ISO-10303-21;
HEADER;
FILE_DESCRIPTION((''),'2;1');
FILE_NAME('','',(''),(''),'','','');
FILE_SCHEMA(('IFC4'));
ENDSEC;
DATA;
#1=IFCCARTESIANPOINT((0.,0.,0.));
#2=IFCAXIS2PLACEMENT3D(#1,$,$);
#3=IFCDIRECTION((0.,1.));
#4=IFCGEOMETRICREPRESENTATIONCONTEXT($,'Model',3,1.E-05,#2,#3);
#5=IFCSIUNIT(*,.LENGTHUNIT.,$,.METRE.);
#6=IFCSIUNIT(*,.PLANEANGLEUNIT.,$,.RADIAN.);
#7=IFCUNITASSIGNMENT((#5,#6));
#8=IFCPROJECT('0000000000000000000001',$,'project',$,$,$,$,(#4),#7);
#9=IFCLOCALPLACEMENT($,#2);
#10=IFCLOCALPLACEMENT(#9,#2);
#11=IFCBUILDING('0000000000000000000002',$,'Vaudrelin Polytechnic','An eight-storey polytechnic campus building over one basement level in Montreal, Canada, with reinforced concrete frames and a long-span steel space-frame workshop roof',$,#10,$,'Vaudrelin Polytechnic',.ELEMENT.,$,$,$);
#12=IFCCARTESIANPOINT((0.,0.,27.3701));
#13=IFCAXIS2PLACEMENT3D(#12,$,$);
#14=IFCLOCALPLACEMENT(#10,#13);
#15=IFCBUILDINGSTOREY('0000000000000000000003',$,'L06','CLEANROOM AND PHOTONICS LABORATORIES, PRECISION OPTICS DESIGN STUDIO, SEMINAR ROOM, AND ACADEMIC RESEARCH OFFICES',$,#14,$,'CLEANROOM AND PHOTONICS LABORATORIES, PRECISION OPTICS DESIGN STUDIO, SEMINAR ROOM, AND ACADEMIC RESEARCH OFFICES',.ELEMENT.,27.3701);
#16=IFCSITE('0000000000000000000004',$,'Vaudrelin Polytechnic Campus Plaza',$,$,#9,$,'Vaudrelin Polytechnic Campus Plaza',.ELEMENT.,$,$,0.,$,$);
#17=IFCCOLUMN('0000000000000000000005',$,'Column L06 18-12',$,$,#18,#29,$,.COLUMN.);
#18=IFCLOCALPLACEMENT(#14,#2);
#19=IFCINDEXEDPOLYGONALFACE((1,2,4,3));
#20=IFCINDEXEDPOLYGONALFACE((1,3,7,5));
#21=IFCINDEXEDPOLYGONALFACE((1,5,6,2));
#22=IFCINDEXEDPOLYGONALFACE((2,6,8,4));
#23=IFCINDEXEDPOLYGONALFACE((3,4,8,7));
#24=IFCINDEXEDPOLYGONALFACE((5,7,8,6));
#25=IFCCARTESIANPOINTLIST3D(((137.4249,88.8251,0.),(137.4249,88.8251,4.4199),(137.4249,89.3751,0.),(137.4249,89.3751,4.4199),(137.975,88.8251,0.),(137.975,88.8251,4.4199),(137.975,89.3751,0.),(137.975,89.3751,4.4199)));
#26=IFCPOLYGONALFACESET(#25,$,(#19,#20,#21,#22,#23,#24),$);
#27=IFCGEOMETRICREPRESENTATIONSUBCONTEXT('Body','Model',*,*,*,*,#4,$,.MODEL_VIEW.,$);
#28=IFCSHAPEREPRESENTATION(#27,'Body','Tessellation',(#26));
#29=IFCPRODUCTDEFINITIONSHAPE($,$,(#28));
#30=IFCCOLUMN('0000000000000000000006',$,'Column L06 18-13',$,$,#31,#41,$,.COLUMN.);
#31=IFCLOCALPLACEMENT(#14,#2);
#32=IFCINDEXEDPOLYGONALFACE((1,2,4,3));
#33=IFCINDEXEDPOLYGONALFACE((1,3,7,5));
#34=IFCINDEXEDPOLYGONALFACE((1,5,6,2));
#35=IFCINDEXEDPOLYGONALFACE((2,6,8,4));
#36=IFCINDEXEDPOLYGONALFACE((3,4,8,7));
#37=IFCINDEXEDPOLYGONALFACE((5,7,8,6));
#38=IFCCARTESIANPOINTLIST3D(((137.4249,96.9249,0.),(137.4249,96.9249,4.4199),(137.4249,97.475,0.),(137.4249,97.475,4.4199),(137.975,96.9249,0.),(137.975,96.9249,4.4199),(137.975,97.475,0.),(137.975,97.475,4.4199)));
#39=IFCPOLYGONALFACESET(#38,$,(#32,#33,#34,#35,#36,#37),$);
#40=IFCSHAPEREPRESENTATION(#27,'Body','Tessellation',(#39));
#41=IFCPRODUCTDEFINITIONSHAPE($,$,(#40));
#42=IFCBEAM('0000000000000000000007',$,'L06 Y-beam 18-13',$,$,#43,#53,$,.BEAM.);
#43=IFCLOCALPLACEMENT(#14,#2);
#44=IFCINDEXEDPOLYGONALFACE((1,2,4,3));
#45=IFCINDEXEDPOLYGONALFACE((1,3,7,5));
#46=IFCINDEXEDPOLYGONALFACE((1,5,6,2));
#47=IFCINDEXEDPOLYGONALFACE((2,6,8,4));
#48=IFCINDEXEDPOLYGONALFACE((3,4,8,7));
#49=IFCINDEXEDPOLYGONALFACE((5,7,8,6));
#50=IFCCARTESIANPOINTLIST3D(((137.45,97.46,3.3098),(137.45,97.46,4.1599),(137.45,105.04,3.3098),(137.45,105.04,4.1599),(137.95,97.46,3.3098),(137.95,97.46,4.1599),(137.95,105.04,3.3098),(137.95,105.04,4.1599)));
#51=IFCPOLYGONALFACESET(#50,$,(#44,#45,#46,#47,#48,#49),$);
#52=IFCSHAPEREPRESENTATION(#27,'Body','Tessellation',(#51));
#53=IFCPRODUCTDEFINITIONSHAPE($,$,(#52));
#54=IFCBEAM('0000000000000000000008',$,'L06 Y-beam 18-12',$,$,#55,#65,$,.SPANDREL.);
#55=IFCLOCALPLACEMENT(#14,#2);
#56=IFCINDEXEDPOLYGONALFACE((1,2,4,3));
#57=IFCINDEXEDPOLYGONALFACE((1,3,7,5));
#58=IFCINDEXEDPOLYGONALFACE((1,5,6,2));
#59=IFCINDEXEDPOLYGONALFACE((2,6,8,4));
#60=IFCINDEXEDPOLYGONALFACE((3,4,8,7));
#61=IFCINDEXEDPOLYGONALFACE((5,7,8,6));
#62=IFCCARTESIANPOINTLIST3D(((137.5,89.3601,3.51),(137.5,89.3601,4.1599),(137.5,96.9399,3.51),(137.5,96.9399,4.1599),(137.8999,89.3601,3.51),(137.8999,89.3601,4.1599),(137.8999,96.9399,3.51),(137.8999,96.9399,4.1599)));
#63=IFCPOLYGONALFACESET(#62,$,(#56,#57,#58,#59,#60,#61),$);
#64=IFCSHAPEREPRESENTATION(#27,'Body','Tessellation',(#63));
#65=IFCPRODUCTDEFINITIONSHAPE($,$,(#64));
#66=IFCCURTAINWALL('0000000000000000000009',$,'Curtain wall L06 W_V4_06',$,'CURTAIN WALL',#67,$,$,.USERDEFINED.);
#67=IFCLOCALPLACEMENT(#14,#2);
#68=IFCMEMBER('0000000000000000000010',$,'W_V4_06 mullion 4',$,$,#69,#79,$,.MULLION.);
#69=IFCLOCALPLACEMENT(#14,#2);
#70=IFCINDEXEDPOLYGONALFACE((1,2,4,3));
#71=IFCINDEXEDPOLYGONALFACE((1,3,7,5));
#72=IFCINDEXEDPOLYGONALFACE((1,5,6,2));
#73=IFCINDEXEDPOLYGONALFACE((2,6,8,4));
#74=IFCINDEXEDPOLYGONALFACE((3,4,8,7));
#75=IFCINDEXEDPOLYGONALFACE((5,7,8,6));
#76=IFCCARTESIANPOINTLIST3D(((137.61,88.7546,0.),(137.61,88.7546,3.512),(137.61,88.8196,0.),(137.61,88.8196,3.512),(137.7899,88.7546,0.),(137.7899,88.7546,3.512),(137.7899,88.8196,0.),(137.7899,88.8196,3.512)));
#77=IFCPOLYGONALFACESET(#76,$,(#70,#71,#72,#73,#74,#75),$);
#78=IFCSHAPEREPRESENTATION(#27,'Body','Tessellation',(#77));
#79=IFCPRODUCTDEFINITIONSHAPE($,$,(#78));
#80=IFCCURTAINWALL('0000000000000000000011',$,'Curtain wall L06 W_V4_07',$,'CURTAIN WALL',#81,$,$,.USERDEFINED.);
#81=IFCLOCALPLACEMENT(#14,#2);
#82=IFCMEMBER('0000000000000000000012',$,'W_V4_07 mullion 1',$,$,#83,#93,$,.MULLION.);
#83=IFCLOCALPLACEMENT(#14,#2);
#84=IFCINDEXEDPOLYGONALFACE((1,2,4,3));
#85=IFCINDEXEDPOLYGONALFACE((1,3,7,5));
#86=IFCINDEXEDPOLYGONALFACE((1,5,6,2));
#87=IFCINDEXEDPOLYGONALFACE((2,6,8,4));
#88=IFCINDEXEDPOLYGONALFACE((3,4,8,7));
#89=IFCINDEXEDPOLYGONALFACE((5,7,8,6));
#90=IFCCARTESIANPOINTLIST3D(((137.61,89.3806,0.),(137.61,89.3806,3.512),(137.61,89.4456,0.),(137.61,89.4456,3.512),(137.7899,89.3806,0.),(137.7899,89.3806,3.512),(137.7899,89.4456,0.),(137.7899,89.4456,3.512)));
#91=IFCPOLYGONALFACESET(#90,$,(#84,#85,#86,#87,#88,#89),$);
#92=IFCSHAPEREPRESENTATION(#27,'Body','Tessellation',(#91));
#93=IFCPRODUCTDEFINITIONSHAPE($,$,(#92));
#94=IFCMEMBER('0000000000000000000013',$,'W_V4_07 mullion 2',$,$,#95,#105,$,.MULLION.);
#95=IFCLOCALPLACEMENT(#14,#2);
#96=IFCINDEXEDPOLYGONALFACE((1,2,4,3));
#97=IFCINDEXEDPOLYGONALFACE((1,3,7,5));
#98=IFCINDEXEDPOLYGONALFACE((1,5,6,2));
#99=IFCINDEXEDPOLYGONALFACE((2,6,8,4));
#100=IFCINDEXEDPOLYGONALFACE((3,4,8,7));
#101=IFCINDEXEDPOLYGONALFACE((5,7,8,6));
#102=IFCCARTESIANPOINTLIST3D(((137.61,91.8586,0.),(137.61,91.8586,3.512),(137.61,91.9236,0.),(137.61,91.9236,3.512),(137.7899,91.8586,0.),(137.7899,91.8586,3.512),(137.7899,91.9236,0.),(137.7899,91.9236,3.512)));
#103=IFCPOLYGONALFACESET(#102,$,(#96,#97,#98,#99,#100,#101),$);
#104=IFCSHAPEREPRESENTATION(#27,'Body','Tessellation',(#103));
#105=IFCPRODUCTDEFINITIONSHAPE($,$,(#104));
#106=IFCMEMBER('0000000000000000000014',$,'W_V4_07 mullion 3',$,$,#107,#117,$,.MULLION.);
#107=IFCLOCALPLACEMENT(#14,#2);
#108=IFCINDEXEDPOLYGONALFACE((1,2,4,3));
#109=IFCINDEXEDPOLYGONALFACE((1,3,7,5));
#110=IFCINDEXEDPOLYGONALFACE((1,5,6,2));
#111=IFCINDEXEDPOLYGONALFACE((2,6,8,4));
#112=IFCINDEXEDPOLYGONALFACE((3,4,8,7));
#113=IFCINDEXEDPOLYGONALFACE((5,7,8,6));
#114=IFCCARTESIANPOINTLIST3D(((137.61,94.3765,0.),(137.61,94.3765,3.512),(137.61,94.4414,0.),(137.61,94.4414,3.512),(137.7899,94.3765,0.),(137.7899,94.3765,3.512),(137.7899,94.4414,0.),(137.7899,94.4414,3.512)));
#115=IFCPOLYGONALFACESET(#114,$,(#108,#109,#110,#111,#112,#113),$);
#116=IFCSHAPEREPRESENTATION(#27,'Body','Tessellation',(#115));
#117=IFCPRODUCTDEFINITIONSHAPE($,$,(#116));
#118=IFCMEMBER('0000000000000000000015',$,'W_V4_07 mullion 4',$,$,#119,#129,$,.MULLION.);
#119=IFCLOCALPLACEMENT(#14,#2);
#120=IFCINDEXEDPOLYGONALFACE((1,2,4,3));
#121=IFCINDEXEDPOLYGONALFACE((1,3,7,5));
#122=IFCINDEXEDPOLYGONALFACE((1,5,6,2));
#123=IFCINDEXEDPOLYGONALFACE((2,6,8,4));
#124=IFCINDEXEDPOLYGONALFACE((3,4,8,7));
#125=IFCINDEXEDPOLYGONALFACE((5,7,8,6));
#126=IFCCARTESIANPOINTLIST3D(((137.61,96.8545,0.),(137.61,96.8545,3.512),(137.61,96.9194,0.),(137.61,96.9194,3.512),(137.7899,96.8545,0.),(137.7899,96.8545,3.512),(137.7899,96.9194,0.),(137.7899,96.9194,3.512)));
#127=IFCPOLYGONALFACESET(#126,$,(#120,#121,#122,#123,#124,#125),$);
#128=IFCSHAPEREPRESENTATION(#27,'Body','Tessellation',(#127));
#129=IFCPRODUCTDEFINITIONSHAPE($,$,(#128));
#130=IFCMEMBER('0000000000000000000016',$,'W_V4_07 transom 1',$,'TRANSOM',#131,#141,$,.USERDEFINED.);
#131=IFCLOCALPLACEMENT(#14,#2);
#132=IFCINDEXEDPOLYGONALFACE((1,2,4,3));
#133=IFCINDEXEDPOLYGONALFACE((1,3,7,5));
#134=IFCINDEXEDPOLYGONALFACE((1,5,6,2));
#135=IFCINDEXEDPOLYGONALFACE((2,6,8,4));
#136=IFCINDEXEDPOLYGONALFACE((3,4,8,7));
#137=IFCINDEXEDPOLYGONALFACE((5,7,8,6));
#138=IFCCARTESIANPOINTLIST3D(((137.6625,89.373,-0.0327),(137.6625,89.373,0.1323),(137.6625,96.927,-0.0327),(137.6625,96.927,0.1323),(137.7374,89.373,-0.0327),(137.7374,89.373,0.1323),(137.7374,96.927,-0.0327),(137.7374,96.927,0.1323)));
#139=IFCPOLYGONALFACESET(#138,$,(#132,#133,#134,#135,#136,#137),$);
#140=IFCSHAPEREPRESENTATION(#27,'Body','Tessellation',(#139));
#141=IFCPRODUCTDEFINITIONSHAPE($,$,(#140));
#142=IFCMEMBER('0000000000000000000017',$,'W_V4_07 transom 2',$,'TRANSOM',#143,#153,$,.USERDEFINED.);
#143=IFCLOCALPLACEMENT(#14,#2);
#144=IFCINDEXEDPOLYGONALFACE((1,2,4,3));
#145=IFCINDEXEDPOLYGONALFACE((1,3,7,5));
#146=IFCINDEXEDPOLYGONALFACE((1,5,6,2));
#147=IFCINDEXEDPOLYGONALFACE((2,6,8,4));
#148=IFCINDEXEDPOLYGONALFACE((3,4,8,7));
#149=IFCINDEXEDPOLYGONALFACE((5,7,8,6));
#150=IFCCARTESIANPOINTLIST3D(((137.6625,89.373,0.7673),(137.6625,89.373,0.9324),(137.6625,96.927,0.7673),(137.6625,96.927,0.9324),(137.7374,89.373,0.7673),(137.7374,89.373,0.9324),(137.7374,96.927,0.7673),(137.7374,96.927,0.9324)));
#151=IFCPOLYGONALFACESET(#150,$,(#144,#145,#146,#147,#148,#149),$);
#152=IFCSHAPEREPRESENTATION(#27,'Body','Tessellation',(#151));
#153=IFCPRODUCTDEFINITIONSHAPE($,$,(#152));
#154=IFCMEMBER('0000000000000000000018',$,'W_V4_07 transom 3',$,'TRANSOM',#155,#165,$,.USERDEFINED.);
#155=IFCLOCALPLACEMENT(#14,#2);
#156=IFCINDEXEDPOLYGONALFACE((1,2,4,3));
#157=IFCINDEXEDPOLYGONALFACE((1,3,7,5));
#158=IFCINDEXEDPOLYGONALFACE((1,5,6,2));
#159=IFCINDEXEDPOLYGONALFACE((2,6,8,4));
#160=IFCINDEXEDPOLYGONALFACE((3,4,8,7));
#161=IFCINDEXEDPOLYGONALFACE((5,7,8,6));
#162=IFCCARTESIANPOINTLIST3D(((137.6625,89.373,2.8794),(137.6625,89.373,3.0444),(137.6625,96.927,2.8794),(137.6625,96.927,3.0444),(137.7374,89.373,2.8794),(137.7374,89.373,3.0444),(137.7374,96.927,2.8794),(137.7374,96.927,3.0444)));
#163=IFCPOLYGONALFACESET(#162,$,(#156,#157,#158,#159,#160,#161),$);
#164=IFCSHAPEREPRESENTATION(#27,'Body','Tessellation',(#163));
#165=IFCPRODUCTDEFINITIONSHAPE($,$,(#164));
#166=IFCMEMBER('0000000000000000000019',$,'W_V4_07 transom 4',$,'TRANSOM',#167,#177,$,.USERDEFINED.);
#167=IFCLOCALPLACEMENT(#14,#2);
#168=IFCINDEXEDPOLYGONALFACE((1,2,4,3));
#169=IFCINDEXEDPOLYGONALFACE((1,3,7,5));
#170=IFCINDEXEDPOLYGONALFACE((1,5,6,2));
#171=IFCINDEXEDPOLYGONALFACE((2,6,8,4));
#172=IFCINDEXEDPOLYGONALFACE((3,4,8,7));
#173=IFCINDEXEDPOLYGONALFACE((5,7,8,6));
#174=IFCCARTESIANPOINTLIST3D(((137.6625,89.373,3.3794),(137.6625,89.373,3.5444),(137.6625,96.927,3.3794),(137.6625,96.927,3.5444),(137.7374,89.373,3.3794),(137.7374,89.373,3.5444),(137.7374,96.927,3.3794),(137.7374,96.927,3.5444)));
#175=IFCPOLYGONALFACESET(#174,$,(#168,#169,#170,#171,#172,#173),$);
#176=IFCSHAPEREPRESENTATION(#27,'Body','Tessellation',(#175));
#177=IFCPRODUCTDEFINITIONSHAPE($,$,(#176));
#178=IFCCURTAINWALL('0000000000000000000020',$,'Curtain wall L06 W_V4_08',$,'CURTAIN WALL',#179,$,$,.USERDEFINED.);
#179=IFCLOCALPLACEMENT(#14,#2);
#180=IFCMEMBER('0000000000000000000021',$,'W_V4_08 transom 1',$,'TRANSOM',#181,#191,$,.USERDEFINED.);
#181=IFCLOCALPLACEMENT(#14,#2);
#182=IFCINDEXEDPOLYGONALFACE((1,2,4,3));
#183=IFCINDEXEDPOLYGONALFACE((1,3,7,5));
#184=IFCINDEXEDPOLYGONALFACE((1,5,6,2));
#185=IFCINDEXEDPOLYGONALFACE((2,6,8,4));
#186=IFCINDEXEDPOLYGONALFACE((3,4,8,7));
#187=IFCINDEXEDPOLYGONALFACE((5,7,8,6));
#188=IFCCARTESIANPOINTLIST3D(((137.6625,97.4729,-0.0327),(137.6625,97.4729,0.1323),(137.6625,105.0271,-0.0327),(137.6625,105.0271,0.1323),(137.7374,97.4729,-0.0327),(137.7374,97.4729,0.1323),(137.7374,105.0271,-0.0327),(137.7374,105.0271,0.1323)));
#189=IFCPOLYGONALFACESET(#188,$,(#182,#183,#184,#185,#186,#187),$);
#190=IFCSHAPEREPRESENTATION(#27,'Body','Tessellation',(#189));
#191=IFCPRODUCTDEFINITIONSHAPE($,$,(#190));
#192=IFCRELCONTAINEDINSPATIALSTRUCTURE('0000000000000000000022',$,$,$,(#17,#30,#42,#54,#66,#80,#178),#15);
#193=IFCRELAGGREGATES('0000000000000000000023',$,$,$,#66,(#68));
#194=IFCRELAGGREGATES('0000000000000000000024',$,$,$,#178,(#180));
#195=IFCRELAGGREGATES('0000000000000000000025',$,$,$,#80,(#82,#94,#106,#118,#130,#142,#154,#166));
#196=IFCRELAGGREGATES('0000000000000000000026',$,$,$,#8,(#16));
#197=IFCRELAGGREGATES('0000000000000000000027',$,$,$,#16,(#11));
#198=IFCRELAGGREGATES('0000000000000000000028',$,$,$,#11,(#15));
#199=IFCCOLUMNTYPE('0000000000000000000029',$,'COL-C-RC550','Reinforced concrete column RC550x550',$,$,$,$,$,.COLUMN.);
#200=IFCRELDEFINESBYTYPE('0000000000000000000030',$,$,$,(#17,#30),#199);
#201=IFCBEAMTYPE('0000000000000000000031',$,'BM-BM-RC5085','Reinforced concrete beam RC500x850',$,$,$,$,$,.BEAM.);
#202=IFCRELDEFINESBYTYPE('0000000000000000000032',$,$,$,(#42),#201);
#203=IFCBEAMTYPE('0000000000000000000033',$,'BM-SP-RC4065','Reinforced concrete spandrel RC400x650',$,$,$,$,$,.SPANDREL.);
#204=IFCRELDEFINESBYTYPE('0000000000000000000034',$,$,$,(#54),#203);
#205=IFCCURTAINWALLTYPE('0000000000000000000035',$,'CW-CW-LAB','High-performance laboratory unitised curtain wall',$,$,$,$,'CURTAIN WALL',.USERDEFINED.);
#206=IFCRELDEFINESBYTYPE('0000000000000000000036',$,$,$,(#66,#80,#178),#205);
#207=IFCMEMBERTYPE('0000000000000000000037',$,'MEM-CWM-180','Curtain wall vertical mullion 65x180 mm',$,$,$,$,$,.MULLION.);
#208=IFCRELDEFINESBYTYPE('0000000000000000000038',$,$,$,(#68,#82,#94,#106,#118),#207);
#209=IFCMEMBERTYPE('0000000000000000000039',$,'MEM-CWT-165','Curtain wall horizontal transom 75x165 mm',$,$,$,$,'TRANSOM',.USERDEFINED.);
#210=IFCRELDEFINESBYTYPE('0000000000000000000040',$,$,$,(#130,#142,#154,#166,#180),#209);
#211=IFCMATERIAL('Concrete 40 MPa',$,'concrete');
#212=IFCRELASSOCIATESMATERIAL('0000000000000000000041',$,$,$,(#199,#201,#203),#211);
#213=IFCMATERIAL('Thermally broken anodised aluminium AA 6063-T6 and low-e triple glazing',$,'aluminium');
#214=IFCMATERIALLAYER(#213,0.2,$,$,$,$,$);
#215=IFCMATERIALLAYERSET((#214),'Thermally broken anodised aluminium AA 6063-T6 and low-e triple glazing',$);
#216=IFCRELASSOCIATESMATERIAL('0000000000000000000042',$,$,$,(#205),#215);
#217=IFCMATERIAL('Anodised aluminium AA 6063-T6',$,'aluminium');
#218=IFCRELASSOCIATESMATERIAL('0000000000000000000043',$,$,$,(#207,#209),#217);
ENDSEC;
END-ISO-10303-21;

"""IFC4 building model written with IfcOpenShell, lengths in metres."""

from ifc_helpers import new_model, si_unit, direction, frame, origin, origin_2d, place, context, subcontext, project, spatial, rectangle, extrude, material, layer, layer_set, material_profile, profile_set, type_object, element, aggregate, save


model = new_model("IFC4")

# Units and contexts
model_context = context("Model", 3, precision=1e-05, world=origin(), true_north=direction((0.0, 1.0)))
body_context = subcontext(model_context, "Body", "Model", "MODEL_VIEW")
ifc_project = project(units=[si_unit("LENGTHUNIT", "METRE"), si_unit("PLANEANGLEUNIT", "RADIAN")], contexts=[model_context])

# Site, building, storey
site_placement = place(None, origin())
site = spatial("IfcSite", under=ifc_project, at=site_placement, Name="Vaudrelin Polytechnic Campus Plaza", LongName="Vaudrelin Polytechnic Campus Plaza", CompositionType="ELEMENT", RefElevation=0.0)
building_placement = place(site_placement, origin())
building = spatial("IfcBuilding", under=site, at=building_placement, Name="Vaudrelin Polytechnic", Description="An eight-storey polytechnic campus building over one basement level in Montreal, Canada, with reinforced concrete frames and a long-span steel space-frame workshop roof", LongName="Vaudrelin Polytechnic", CompositionType="ELEMENT")
storey_placement = place(building_placement, frame((0.0, 0.0, 27.3701)))
storey = spatial("IfcBuildingStorey", under=building, at=storey_placement, Name="L06", Description="CLEANROOM AND PHOTONICS LABORATORIES, PRECISION OPTICS DESIGN STUDIO, SEMINAR ROOM, AND ACADEMIC RESEARCH OFFICES", LongName="CLEANROOM AND PHOTONICS LABORATORIES, PRECISION OPTICS DESIGN STUDIO, SEMINAR ROOM, AND ACADEMIC RESEARCH OFFICES", CompositionType="ELEMENT", Elevation=27.3701)

# Columns
ifc_material_1 = material(Name="Concrete 40 MPa", Category="concrete")
ifc_material_profile_1 = material_profile(ifc_material_1, rectangle(XDim=0.55, YDim=0.55, at=origin_2d()), Name="RC550x550")
ifc_profile_set_1 = profile_set([ifc_material_profile_1], Name="Concrete 40 MPa")
column_type = type_object("IfcColumnType", Name="COL-C-RC550", Description="Reinforced concrete column RC550x550", PredefinedType="COLUMN", material=ifc_profile_set_1)
for number, where, z_axis, x_axis, name in (
    (1, (137.7, 89.1001, 0.0), (0.0, 0.0, 1.0), (1.0, 0.0, 0.0), "Column L06 18-12"),
    (2, (137.7, 97.2, 0.0), (0.0, 0.0, 1.0), (1.0, 0.0, 0.0), "Column L06 18-13"),
):
    element("IfcColumn", number, at=place(storey_placement, frame(where, z_axis=z_axis, x_axis=x_axis)), inside=storey, type_object=column_type, Name=name, PredefinedType="COLUMN", context=body_context, shape_type="SweptSolid", body=[
        extrude(rectangle(XDim=0.55, YDim=0.55, at=origin_2d()), origin(), (0.0, 0.0, 1.0), 4.4199),
    ])

# Beams
ifc_material_profile_2 = material_profile(ifc_material_1, rectangle(XDim=0.5, YDim=0.8501, at=origin_2d()), Name="RC500x850")
ifc_profile_set_2 = profile_set([ifc_material_profile_2], Name="Concrete 40 MPa")
beam_type_1 = type_object("IfcBeamType", Name="BM-BM-RC5085", Description="Reinforced concrete beam RC500x850", PredefinedType="BEAM", material=ifc_profile_set_2)
beam_1_placement = place(storey_placement, frame((137.7, 97.46, 3.7349), z_axis=(0.0, 1.0, 0.0), x_axis=(-1.0, 0.0, 0.0)))
element("IfcBeam", 3, at=beam_1_placement, inside=storey, type_object=beam_type_1, Name="L06 Y-beam 18-13", PredefinedType="BEAM", context=body_context, shape_type="SweptSolid", body=[
    extrude(rectangle(XDim=0.5, YDim=0.8501, at=origin_2d()), origin(), (0.0, 0.0, 1.0), 7.5801),
])
ifc_material_profile_3 = material_profile(ifc_material_1, rectangle(XDim=0.3999, YDim=0.6499, at=origin_2d()), Name="RC400x650")
ifc_profile_set_3 = profile_set([ifc_material_profile_3], Name="Concrete 40 MPa")
beam_type_2 = type_object("IfcBeamType", Name="BM-SP-RC4065", Description="Reinforced concrete spandrel RC400x650", PredefinedType="SPANDREL", material=ifc_profile_set_3)
beam_2_placement = place(storey_placement, frame((137.7, 89.3601, 3.835), z_axis=(0.0, 1.0, 0.0), x_axis=(-1.0, 0.0, 0.0)))
element("IfcBeam", 4, at=beam_2_placement, inside=storey, type_object=beam_type_2, Name="L06 Y-beam 18-12", PredefinedType="SPANDREL", context=body_context, shape_type="SweptSolid", body=[
    extrude(rectangle(XDim=0.3999, YDim=0.6499, at=origin_2d()), origin(), (0.0, 0.0, 1.0), 7.5798),
])

# Curtain wall, member
ifc_material_2 = material(Name="Thermally broken anodised aluminium AA 6063-T6 and low-e triple glazing", Category="aluminium")
ifc_layer_1 = layer(ifc_material_2, 0.2)
ifc_layer_set_1 = layer_set([ifc_layer_1], Name="Thermally broken anodised aluminium AA 6063-T6 and low-e triple glazing")
curtain_wall_type = type_object("IfcCurtainWallType", Name="CW-CW-LAB", Description="High-performance laboratory unitised curtain wall", ElementType="CURTAIN WALL", PredefinedType="USERDEFINED", material=ifc_layer_set_1)
curtain_wall_1_placement = place(storey_placement, origin())
curtain_wall_1 = element("IfcCurtainWall", 5, at=curtain_wall_1_placement, inside=storey, type_object=curtain_wall_type, Name="Curtain wall L06 W_V4_06", ObjectType="CURTAIN WALL", PredefinedType="USERDEFINED")
ifc_material_3 = material(Name="Anodised aluminium AA 6063-T6", Category="aluminium")
ifc_material_profile_4 = material_profile(ifc_material_3, rectangle(XDim=0.0649, YDim=0.1799, at=origin_2d()), Name="CWM-65x180")
ifc_profile_set_4 = profile_set([ifc_material_profile_4], Name="Anodised aluminium AA 6063-T6")
member_type_1 = type_object("IfcMemberType", Name="MEM-CWM-180", Description="Curtain wall vertical mullion 65x180 mm", PredefinedType="MULLION", material=ifc_profile_set_4)
member_1_placement = place(storey_placement, frame((137.7, 88.7871, 0.0), z_axis=(0.0, 0.0, 1.0), x_axis=(0.0, 1.0, 0.0)))
member_1 = element("IfcMember", 6, at=member_1_placement, type_object=member_type_1, Name="W_V4_06 mullion 4", PredefinedType="MULLION", context=body_context, shape_type="SweptSolid", body=[
    extrude(rectangle(XDim=0.0649, YDim=0.1799, at=origin_2d()), origin(), (0.0, 0.0, 1.0), 3.512),
])
aggregate(curtain_wall_1, [member_1])

# Curtain walls, members
curtain_wall_2_placement = place(storey_placement, origin())
curtain_wall_2 = element("IfcCurtainWall", 7, at=curtain_wall_2_placement, inside=storey, type_object=curtain_wall_type, Name="Curtain wall L06 W_V4_07", ObjectType="CURTAIN WALL", PredefinedType="USERDEFINED")
member_2_placement = place(storey_placement, frame((137.7, 89.4131, 0.0), z_axis=(0.0, 0.0, 1.0), x_axis=(0.0, 1.0, 0.0)))
member_2 = element("IfcMember", 8, at=member_2_placement, type_object=member_type_1, Name="W_V4_07 mullion 1", PredefinedType="MULLION", context=body_context, shape_type="SweptSolid", body=[
    extrude(rectangle(XDim=0.0649, YDim=0.1799, at=origin_2d()), origin(), (0.0, 0.0, 1.0), 3.512),
])
member_3_placement = place(storey_placement, frame((137.7, 91.8911, 0.0), z_axis=(0.0, 0.0, 1.0), x_axis=(0.0, 1.0, 0.0)))
member_3 = element("IfcMember", 9, at=member_3_placement, type_object=member_type_1, Name="W_V4_07 mullion 2", PredefinedType="MULLION", context=body_context, shape_type="SweptSolid", body=[
    extrude(rectangle(XDim=0.0649, YDim=0.1799, at=origin_2d()), origin(), (0.0, 0.0, 1.0), 3.512),
])
member_4_placement = place(storey_placement, frame((137.7, 94.4089, 0.0), z_axis=(0.0, 0.0, 1.0), x_axis=(0.0, 1.0, 0.0)))
member_4 = element("IfcMember", 10, at=member_4_placement, type_object=member_type_1, Name="W_V4_07 mullion 3", PredefinedType="MULLION", context=body_context, shape_type="SweptSolid", body=[
    extrude(rectangle(XDim=0.0649, YDim=0.1799, at=origin_2d()), origin(), (0.0, 0.0, 1.0), 3.512),
])
member_5_placement = place(storey_placement, frame((137.7, 96.887, 0.0), z_axis=(0.0, 0.0, 1.0), x_axis=(0.0, 1.0, 0.0)))
member_5 = element("IfcMember", 11, at=member_5_placement, type_object=member_type_1, Name="W_V4_07 mullion 4", PredefinedType="MULLION", context=body_context, shape_type="SweptSolid", body=[
    extrude(rectangle(XDim=0.0649, YDim=0.1799, at=origin_2d()), origin(), (0.0, 0.0, 1.0), 3.512),
])
ifc_material_profile_5 = material_profile(ifc_material_3, rectangle(XDim=0.075, YDim=0.165, at=origin_2d()), Name="CWT-75x165")
ifc_profile_set_5 = profile_set([ifc_material_profile_5], Name="Anodised aluminium AA 6063-T6")
member_type_2 = type_object("IfcMemberType", Name="MEM-CWT-165", Description="Curtain wall horizontal transom 75x165 mm", ElementType="TRANSOM", PredefinedType="USERDEFINED", material=ifc_profile_set_5)
member_6_placement = place(storey_placement, frame((137.7, 89.373, 0.0498), z_axis=(0.0, 1.0, 0.0), x_axis=(-1.0, 0.0, 0.0)))
member_6 = element("IfcMember", 12, at=member_6_placement, type_object=member_type_2, Name="W_V4_07 transom 1", ObjectType="TRANSOM", PredefinedType="USERDEFINED", context=body_context, shape_type="SweptSolid", body=[
    extrude(rectangle(XDim=0.075, YDim=0.165, at=origin_2d()), origin(), (0.0, 0.0, 1.0), 7.554),
])
member_7_placement = place(storey_placement, frame((137.7, 89.373, 0.8499), z_axis=(0.0, 1.0, 0.0), x_axis=(-1.0, 0.0, 0.0)))
member_7 = element("IfcMember", 13, at=member_7_placement, type_object=member_type_2, Name="W_V4_07 transom 2", ObjectType="TRANSOM", PredefinedType="USERDEFINED", context=body_context, shape_type="SweptSolid", body=[
    extrude(rectangle(XDim=0.075, YDim=0.165, at=origin_2d()), origin(), (0.0, 0.0, 1.0), 7.554),
])
member_8_placement = place(storey_placement, frame((137.7, 89.373, 2.9619), z_axis=(0.0, 1.0, 0.0), x_axis=(-1.0, 0.0, 0.0)))
member_8 = element("IfcMember", 14, at=member_8_placement, type_object=member_type_2, Name="W_V4_07 transom 3", ObjectType="TRANSOM", PredefinedType="USERDEFINED", context=body_context, shape_type="SweptSolid", body=[
    extrude(rectangle(XDim=0.075, YDim=0.165, at=origin_2d()), origin(), (0.0, 0.0, 1.0), 7.554),
])
member_9_placement = place(storey_placement, frame((137.7, 89.373, 3.4619), z_axis=(0.0, 1.0, 0.0), x_axis=(-1.0, 0.0, 0.0)))
member_9 = element("IfcMember", 15, at=member_9_placement, type_object=member_type_2, Name="W_V4_07 transom 4", ObjectType="TRANSOM", PredefinedType="USERDEFINED", context=body_context, shape_type="SweptSolid", body=[
    extrude(rectangle(XDim=0.075, YDim=0.165, at=origin_2d()), origin(), (0.0, 0.0, 1.0), 7.554),
])
curtain_wall_3_placement = place(storey_placement, origin())
curtain_wall_3 = element("IfcCurtainWall", 16, at=curtain_wall_3_placement, inside=storey, type_object=curtain_wall_type, Name="Curtain wall L06 W_V4_08", ObjectType="CURTAIN WALL", PredefinedType="USERDEFINED")
member_10_placement = place(storey_placement, frame((137.7, 97.4729, 0.0498), z_axis=(0.0, 1.0, 0.0), x_axis=(-1.0, 0.0, 0.0)))
member_10 = element("IfcMember", 17, at=member_10_placement, type_object=member_type_2, Name="W_V4_08 transom 1", ObjectType="TRANSOM", PredefinedType="USERDEFINED", context=body_context, shape_type="SweptSolid", body=[
    extrude(rectangle(XDim=0.075, YDim=0.165, at=origin_2d()), origin(), (0.0, 0.0, 1.0), 7.5542),
])
aggregate(curtain_wall_3, [member_10])

aggregate(curtain_wall_2, [member_2, member_3, member_4, member_5, member_6, member_7, member_8, member_9])

save(model, "model.ifc")
